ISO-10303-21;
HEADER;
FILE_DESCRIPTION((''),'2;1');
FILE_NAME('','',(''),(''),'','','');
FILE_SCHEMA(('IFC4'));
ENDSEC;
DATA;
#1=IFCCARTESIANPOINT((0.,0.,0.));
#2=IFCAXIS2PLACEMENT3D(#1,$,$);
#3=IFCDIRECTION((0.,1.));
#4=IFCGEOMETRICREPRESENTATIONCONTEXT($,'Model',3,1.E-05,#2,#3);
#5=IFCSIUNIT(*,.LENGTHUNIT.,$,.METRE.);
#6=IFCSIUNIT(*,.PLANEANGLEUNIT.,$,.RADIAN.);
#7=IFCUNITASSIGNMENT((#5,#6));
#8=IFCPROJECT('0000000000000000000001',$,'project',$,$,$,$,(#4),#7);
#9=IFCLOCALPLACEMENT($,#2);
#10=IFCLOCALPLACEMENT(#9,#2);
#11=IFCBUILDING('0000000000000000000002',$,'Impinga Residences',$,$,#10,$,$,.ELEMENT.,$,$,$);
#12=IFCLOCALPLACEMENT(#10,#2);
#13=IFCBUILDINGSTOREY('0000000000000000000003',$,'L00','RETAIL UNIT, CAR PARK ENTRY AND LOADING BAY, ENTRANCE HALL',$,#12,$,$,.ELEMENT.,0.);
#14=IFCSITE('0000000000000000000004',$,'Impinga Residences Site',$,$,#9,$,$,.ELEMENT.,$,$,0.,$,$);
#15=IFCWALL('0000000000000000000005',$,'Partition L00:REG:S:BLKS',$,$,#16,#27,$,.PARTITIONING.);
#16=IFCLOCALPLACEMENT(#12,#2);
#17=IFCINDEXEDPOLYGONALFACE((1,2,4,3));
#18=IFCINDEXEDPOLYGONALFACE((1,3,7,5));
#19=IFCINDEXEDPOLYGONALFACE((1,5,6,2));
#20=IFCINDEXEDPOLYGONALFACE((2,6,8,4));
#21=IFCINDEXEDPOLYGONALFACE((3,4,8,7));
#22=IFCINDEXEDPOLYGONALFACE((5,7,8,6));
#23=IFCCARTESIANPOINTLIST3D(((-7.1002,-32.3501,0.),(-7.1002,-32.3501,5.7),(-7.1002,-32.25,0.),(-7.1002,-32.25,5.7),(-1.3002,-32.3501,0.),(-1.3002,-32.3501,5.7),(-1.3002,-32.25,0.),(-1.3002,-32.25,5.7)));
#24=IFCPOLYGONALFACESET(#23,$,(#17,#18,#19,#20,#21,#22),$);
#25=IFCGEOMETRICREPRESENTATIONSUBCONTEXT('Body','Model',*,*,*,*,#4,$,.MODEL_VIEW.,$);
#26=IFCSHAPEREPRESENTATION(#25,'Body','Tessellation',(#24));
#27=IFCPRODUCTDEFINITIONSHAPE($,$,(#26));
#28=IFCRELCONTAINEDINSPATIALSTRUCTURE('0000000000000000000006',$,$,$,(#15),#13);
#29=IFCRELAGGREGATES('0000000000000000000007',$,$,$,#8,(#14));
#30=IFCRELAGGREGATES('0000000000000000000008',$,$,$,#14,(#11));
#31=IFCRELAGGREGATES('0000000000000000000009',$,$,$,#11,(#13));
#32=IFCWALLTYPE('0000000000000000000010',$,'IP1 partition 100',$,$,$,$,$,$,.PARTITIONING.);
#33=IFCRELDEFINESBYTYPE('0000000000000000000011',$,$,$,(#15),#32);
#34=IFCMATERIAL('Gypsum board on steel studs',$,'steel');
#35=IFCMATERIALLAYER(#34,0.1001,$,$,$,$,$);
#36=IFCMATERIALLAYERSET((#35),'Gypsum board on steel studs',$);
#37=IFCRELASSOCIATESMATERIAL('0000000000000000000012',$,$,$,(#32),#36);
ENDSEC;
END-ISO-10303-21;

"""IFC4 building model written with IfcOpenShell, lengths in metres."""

from ifc_helpers import new_model, si_unit, direction, frame, frame_2d, origin, place, context, subcontext, project, spatial, rectangle, extrude, material, layer, layer_set, type_object, element, save


model = new_model("IFC4")

# Units and contexts
model_context = context("Model", 3, precision=1e-05, world=origin(), true_north=direction((0.0, 1.0)))
body_context = subcontext(model_context, "Body", "Model", "MODEL_VIEW")
ifc_project = project(units=[si_unit("LENGTHUNIT", "METRE"), si_unit("PLANEANGLEUNIT", "RADIAN")], contexts=[model_context])

# Site, building, storey
site_placement = place(None, origin())
site = spatial("IfcSite", under=ifc_project, at=site_placement, Name="Impinga Residences Site", CompositionType="ELEMENT", RefElevation=0.0)
building_placement = place(site_placement, origin())
building = spatial("IfcBuilding", under=site, at=building_placement, Name="Impinga Residences", CompositionType="ELEMENT")
storey_placement = place(building_placement, origin())
storey = spatial("IfcBuildingStorey", under=building, at=storey_placement, Name="L00", Description="RETAIL UNIT, CAR PARK ENTRY AND LOADING BAY, ENTRANCE HALL", CompositionType="ELEMENT", Elevation=0.0)

# Wall
ifc_material_1 = material(Name="Gypsum board on steel studs", Category="steel")
ifc_layer = layer(ifc_material_1, 0.1001)
ifc_layer_set = layer_set([ifc_layer], Name="Gypsum board on steel studs")
wall_type = type_object("IfcWallType", Name="IP1 partition 100", PredefinedType="PARTITIONING", material=ifc_layer_set)
wall_placement = place(storey_placement, frame((-7.1001, -32.3, 0.0), z_axis=(0.0, 0.0, 1.0), x_axis=(1.0, 0.0, 0.0)))
element("IfcWall", 1, at=wall_placement, inside=storey, type_object=wall_type, Name="Partition L00:REG:S:BLKS", PredefinedType="PARTITIONING", context=body_context, shape_type="SweptSolid", body=[
    extrude(rectangle(XDim=5.8, YDim=0.1001, at=frame_2d((2.8999, 0.0))), origin(), (0.0, 0.0, 1.0), 5.7),
])

save(model, "model.ifc")
